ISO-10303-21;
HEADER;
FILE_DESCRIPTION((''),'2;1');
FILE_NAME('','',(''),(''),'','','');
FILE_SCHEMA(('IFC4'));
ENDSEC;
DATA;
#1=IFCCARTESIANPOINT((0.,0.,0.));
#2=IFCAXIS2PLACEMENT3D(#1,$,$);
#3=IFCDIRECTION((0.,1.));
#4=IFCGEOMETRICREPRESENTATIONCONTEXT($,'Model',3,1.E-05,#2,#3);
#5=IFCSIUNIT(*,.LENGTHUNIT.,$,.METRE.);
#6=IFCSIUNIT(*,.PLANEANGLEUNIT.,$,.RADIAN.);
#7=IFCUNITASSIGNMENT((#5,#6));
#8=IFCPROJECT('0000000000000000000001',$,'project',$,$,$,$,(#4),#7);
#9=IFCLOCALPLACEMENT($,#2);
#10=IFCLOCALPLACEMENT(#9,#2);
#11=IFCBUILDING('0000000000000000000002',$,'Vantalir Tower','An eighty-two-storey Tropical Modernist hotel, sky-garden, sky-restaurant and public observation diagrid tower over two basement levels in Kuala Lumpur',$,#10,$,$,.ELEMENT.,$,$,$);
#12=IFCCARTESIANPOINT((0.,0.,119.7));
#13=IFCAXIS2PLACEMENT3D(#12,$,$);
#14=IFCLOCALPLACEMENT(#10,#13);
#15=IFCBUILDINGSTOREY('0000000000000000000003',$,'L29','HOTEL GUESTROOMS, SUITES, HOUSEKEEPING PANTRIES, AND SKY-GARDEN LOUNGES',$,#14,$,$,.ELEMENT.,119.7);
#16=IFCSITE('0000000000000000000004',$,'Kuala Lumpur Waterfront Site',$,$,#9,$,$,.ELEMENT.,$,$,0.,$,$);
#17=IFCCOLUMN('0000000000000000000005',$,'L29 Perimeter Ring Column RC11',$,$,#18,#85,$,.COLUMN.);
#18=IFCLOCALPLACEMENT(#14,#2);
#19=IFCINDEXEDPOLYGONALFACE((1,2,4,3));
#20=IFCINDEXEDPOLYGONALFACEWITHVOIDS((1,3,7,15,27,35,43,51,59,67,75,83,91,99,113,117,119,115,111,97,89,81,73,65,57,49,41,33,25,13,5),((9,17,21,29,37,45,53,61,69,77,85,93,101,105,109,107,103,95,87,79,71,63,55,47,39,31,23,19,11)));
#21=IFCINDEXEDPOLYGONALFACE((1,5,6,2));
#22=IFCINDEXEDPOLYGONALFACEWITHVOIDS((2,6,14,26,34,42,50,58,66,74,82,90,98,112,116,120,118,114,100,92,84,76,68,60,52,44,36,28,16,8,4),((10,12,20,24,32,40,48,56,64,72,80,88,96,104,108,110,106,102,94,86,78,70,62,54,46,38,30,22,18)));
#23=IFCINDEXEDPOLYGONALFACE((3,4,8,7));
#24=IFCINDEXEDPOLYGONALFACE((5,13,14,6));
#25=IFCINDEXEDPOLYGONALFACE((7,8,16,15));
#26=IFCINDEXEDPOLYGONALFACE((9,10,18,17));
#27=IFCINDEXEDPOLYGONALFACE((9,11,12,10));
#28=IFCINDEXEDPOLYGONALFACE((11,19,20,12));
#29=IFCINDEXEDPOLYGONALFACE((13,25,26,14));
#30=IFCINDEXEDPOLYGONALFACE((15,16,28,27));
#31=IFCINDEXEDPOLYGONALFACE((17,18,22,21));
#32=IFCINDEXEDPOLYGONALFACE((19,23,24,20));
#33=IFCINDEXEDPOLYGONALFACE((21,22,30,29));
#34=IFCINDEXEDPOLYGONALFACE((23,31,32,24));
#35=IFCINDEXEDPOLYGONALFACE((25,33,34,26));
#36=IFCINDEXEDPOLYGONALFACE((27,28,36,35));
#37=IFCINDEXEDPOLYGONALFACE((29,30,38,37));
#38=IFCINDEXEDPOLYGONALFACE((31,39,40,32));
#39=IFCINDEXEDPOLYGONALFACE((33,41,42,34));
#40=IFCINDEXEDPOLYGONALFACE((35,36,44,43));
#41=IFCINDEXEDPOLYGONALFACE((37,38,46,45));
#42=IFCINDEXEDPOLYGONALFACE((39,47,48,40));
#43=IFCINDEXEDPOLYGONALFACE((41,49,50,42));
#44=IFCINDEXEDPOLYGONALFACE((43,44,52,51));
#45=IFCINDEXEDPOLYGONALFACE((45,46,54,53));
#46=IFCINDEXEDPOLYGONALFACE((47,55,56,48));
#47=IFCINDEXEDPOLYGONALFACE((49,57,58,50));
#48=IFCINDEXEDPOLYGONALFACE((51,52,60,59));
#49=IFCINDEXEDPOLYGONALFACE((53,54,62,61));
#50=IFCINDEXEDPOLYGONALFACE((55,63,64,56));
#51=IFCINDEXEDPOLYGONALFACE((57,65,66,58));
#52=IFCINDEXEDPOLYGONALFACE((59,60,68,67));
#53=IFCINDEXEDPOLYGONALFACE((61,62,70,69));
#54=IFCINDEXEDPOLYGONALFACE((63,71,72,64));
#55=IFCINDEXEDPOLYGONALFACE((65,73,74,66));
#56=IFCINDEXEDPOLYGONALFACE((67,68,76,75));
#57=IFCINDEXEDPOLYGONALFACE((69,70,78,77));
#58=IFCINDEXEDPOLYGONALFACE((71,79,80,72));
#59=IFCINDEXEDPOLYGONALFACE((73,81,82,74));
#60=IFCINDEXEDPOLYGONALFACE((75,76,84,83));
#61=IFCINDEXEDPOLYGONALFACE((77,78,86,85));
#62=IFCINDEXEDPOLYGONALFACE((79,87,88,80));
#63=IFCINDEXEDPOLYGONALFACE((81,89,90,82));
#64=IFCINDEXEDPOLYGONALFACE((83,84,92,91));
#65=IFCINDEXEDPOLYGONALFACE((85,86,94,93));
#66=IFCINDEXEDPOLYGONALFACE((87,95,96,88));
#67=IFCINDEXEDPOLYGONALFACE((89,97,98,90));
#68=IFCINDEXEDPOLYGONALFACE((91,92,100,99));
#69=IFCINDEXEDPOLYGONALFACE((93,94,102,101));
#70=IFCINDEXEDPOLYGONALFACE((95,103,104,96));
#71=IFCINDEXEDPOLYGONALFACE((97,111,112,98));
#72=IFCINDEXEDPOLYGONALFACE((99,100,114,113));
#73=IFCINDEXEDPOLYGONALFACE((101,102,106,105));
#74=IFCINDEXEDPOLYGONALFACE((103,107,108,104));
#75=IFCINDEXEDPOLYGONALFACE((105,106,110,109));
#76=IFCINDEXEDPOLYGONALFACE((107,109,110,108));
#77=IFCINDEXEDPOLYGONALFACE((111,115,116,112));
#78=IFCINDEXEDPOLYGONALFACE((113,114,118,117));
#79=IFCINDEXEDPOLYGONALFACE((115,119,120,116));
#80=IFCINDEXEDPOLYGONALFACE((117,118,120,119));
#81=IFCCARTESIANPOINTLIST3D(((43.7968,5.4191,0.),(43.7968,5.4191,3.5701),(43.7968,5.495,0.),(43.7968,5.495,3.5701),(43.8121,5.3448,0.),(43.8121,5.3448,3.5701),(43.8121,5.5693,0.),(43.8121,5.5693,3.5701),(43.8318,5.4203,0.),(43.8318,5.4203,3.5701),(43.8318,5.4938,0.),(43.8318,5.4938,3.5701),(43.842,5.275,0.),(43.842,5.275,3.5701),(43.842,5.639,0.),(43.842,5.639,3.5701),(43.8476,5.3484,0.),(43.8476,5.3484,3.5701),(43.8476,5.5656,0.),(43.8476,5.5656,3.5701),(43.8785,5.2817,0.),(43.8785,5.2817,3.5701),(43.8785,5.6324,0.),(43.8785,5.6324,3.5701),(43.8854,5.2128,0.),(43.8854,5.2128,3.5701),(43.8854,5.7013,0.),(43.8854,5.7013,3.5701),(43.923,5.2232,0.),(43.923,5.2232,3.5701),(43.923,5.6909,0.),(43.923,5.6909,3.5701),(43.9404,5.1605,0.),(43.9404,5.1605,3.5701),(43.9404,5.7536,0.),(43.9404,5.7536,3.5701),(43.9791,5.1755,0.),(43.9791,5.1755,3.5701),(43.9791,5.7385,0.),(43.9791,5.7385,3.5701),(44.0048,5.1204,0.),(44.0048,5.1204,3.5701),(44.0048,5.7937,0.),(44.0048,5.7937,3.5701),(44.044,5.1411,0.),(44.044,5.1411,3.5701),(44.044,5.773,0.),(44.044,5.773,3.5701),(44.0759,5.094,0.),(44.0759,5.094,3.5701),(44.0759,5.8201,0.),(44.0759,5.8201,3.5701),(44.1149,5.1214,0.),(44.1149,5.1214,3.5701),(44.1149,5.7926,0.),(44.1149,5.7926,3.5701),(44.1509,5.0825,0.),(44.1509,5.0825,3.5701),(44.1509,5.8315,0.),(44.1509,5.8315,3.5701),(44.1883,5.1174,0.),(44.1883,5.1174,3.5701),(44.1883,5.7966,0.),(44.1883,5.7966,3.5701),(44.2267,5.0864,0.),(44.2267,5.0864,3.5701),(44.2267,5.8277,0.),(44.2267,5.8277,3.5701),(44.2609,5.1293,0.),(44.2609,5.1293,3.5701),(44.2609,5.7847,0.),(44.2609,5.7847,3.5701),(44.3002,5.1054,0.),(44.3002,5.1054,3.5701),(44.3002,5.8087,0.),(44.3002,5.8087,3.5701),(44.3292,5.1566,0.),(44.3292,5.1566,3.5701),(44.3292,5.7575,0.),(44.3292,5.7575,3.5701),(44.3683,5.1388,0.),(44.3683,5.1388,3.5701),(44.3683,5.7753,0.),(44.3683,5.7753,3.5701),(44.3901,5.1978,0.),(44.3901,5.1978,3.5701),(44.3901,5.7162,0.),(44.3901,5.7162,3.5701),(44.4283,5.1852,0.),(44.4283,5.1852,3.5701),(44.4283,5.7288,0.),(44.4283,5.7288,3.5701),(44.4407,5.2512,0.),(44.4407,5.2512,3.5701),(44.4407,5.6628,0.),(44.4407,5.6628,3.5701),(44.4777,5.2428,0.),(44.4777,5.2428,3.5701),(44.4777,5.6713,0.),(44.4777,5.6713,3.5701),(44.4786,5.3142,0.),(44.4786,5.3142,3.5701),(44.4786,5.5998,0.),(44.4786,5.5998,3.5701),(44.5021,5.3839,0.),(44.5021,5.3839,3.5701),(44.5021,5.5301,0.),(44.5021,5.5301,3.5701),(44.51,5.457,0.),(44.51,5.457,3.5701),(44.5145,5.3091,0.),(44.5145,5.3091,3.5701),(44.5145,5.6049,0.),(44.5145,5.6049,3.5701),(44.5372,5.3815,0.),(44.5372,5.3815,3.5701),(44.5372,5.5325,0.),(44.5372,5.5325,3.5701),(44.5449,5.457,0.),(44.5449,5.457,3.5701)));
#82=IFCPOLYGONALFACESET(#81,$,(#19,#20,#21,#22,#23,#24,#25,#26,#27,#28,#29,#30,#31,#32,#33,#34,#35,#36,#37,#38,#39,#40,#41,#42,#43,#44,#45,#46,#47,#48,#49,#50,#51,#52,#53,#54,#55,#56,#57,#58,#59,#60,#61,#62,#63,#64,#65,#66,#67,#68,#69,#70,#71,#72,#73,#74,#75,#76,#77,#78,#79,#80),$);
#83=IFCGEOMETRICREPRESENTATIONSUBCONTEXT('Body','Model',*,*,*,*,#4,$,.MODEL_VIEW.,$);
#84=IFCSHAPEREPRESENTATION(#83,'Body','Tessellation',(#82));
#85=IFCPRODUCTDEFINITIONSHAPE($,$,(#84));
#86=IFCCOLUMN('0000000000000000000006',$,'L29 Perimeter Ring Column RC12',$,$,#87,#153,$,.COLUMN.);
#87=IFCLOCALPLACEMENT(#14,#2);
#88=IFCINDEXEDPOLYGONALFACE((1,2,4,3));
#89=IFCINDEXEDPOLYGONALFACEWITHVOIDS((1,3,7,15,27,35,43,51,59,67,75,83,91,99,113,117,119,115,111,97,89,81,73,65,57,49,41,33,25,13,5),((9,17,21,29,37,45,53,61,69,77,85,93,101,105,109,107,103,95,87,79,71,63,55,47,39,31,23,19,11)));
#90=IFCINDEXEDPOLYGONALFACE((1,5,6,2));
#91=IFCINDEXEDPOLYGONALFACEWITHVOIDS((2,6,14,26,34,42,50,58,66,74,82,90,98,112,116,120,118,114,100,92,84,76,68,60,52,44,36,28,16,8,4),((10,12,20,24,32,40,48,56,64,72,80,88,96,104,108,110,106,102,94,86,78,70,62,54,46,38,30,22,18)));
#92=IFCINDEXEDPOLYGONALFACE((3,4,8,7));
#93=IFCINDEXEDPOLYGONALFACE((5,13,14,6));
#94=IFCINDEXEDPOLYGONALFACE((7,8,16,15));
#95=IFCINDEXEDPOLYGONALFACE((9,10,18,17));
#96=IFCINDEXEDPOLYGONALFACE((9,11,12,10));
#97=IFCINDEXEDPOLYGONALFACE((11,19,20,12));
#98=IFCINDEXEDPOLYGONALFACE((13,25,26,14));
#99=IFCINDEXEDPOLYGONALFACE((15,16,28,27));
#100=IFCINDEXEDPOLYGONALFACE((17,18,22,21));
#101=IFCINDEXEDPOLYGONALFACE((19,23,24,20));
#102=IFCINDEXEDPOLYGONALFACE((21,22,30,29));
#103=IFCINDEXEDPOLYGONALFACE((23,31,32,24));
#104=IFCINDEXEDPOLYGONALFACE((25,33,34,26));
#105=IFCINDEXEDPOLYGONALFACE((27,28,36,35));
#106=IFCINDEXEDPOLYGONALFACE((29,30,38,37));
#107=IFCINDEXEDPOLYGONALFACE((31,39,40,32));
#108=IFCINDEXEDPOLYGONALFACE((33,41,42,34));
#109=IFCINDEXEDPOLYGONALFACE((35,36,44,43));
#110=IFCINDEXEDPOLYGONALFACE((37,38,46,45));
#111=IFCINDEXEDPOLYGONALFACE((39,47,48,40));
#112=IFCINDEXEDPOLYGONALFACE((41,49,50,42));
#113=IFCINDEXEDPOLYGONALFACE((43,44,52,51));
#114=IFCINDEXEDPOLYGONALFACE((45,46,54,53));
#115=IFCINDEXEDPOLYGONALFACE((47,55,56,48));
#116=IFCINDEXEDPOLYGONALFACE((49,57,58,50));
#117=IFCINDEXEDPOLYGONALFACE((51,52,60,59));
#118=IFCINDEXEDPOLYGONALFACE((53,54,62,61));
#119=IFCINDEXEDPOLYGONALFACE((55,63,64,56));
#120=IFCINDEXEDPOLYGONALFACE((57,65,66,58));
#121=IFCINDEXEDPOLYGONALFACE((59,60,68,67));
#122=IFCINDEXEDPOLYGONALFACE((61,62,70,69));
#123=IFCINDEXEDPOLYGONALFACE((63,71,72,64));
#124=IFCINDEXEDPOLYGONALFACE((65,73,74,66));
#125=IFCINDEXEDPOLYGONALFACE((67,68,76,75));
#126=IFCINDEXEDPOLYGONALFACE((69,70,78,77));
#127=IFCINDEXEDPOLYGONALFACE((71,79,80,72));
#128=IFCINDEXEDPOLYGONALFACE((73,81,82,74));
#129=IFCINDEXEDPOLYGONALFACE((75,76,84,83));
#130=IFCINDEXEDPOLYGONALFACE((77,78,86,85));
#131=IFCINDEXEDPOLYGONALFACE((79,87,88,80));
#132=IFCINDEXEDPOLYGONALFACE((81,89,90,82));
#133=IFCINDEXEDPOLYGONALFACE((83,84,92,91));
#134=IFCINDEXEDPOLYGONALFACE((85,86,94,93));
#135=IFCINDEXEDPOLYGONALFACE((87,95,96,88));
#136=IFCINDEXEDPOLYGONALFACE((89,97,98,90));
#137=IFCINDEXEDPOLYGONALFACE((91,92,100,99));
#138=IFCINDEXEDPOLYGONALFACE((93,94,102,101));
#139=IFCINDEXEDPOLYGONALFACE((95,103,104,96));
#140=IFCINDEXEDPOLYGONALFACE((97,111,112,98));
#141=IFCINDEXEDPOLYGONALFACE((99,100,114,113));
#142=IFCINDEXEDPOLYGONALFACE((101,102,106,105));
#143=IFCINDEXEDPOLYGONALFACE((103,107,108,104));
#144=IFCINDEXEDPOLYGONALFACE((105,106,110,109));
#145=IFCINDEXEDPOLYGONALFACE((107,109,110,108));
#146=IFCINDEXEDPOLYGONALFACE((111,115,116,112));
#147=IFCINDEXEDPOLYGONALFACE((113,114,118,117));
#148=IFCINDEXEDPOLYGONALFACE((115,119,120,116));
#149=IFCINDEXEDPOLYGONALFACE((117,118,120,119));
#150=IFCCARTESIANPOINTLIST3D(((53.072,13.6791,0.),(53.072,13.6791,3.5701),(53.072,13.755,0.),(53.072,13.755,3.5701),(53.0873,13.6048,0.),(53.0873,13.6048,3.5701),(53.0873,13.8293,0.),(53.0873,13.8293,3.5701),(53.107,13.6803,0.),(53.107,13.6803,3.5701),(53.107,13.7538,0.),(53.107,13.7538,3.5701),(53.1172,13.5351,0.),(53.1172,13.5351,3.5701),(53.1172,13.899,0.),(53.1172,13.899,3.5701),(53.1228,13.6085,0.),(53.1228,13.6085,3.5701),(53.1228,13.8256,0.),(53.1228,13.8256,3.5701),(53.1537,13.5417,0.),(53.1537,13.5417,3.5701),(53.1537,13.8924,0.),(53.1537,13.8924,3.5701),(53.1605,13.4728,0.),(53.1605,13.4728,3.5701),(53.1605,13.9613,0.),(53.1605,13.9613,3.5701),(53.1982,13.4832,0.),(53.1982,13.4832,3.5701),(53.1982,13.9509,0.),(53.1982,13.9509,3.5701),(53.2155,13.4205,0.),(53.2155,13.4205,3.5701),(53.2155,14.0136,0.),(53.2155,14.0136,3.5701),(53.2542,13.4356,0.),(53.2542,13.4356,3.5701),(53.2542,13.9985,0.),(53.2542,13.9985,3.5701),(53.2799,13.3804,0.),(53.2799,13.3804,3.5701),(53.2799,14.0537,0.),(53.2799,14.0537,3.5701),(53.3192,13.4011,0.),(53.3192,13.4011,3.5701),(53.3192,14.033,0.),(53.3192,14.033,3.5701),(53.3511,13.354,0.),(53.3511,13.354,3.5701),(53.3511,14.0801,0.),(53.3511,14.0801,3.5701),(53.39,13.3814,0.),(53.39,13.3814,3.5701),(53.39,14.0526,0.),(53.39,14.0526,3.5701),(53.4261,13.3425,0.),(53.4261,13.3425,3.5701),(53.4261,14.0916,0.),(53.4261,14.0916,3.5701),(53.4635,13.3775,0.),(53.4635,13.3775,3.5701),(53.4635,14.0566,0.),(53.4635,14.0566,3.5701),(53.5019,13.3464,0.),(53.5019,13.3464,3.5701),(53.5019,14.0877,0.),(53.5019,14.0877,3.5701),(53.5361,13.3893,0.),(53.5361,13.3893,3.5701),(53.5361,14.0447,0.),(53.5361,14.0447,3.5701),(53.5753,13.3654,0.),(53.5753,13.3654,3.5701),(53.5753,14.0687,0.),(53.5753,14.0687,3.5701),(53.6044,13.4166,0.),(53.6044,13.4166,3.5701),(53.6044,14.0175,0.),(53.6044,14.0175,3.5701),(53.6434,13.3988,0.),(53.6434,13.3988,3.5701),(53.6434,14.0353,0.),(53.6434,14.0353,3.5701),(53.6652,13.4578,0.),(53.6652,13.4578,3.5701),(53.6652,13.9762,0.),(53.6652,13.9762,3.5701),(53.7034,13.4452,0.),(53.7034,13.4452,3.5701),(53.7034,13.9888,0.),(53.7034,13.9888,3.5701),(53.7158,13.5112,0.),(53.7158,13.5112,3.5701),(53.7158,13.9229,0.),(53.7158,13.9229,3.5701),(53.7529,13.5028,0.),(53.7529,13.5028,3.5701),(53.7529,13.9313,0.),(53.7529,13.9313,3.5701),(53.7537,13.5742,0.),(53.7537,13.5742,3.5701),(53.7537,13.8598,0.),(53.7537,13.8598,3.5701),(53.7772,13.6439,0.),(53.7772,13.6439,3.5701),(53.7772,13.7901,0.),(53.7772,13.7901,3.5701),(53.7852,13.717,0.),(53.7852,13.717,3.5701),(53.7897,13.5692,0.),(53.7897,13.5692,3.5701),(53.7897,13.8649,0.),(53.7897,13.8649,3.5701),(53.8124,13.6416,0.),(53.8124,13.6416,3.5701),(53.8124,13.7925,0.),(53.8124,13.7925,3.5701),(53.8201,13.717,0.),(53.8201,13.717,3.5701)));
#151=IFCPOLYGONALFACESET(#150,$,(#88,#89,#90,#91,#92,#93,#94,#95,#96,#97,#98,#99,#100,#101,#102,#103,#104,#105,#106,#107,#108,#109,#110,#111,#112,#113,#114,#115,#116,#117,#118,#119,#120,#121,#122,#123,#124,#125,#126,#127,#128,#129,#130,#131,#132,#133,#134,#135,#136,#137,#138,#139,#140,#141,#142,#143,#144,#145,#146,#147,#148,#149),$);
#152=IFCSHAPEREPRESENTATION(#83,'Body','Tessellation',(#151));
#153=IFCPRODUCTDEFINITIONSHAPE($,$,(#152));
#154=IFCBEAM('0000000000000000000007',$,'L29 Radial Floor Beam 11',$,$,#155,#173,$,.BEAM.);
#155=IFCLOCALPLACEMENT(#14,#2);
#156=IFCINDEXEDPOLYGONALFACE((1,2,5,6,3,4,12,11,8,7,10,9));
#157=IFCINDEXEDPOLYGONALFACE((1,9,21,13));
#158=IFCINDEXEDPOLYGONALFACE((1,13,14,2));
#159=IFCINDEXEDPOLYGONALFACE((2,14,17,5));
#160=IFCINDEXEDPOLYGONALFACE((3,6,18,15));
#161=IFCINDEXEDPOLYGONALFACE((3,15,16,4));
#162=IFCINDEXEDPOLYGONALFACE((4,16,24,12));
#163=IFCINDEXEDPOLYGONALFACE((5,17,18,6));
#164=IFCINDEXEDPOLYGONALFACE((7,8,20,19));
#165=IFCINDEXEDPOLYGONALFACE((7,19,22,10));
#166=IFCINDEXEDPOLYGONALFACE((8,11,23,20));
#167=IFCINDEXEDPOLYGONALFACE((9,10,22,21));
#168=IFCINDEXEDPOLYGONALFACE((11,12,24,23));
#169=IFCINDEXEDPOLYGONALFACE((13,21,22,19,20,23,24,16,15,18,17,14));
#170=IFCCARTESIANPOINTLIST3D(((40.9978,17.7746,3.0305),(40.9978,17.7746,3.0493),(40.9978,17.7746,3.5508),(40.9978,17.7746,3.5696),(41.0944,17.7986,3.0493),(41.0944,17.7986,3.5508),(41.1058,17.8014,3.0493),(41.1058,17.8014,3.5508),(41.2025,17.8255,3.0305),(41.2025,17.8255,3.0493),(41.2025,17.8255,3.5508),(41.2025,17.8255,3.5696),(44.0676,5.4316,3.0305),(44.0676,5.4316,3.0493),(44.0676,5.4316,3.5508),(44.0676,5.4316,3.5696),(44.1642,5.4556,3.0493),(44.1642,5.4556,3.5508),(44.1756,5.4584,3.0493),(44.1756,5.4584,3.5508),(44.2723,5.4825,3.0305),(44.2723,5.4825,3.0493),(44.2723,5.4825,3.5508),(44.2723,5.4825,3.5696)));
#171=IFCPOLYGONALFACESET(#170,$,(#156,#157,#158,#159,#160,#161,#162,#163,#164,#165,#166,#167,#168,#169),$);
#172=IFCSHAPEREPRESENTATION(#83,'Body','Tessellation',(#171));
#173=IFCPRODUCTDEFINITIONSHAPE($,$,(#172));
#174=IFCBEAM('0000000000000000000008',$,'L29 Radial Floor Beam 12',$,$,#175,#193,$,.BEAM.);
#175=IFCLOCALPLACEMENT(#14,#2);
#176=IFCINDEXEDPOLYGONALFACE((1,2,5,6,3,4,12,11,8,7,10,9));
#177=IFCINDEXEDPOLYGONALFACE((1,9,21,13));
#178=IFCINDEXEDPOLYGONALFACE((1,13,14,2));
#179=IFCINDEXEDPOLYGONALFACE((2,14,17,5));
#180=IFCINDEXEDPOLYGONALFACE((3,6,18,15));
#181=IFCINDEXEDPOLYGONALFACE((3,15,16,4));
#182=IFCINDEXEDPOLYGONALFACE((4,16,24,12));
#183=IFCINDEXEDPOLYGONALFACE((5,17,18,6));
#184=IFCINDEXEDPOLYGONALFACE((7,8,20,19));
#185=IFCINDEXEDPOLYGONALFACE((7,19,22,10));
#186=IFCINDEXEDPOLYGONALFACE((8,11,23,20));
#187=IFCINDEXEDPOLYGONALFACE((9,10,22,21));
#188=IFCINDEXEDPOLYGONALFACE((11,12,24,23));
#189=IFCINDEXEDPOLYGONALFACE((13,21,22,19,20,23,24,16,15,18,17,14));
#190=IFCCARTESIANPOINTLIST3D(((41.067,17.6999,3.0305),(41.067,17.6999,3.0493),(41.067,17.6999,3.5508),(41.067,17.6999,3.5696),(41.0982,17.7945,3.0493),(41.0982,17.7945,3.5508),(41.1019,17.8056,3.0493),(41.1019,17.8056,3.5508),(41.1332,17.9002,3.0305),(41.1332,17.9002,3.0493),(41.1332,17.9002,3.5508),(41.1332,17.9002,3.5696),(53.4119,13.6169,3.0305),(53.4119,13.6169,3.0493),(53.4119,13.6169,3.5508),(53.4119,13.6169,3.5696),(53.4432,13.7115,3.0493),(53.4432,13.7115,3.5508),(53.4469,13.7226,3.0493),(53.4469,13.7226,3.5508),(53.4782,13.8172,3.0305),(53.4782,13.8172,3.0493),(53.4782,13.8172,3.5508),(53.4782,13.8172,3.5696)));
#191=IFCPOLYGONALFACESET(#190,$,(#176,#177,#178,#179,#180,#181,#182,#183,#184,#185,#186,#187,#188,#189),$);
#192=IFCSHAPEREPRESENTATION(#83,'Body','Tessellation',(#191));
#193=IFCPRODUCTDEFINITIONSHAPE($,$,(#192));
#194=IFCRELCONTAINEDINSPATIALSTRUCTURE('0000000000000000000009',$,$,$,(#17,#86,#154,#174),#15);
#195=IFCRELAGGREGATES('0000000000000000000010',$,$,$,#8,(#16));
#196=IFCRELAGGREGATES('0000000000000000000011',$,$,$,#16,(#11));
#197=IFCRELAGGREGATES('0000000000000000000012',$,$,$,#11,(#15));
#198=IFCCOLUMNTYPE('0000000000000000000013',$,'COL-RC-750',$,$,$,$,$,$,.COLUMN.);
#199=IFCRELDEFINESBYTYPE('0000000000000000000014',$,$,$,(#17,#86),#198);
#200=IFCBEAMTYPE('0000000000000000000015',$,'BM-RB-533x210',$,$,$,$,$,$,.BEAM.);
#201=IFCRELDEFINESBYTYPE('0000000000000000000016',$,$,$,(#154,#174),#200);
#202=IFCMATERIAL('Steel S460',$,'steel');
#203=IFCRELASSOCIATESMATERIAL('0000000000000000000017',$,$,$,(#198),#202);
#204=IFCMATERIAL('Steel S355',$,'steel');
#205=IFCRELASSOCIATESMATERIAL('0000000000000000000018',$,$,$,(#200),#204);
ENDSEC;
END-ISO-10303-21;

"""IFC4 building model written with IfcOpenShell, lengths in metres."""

from ifc_helpers import new_model, si_unit, direction, frame, origin, origin_2d, place, context, subcontext, project, spatial, hollow_circle, i_section, extrude, material, material_profile, profile_set, type_object, element, save


model = new_model("IFC4")

# Units and contexts
model_context = context("Model", 3, precision=1e-05, world=origin(), true_north=direction((0.0, 1.0)))
body_context = subcontext(model_context, "Body", "Model", "MODEL_VIEW")
ifc_project = project(units=[si_unit("LENGTHUNIT", "METRE"), si_unit("PLANEANGLEUNIT", "RADIAN")], contexts=[model_context])

# Site, building, storey
site_placement = place(None, origin())
site = spatial("IfcSite", under=ifc_project, at=site_placement, Name="Kuala Lumpur Waterfront Site", CompositionType="ELEMENT", RefElevation=0.0)
building_placement = place(site_placement, origin())
building = spatial("IfcBuilding", under=site, at=building_placement, Name="Vantalir Tower", Description="An eighty-two-storey Tropical Modernist hotel, sky-garden, sky-restaurant and public observation diagrid tower over two basement levels in Kuala Lumpur", CompositionType="ELEMENT")
storey_placement = place(building_placement, frame((0.0, 0.0, 119.7)))
storey = spatial("IfcBuildingStorey", under=building, at=storey_placement, Name="L29", Description="HOTEL GUESTROOMS, SUITES, HOUSEKEEPING PANTRIES, AND SKY-GARDEN LOUNGES", CompositionType="ELEMENT", Elevation=119.7)

# Columns
ifc_material_1 = material(Name="Steel S460", Category="steel")
ifc_material_profile_1 = material_profile(ifc_material_1, hollow_circle(Radius=0.375, WallThickness=0.0349, at=origin_2d()), Name="Steel S460")
ifc_profile_set_1 = profile_set([ifc_material_profile_1], Name="Steel S460")
column_type = type_object("IfcColumnType", Name="COL-RC-750", PredefinedType="COLUMN", material=ifc_profile_set_1)
for number, where, z_axis, x_axis, name in (
    (1, (44.1699, 5.457, 0.0), (0.0, 0.0, 1.0), (1.0, 0.0, 0.0), "L29 Perimeter Ring Column RC11"),
    (2, (53.4451, 13.717, 0.0), (0.0, 0.0, 1.0), (1.0, 0.0, 0.0), "L29 Perimeter Ring Column RC12"),
):
    element("IfcColumn", number, at=place(storey_placement, frame(where, z_axis=z_axis, x_axis=x_axis)), inside=storey, type_object=column_type, Name=name, PredefinedType="COLUMN", context=body_context, shape_type="SweptSolid", body=[
        extrude(hollow_circle(Radius=0.375, WallThickness=0.0349, at=origin_2d()), origin(), (0.0, 0.0, 1.0), 3.5701),
    ])

# Beams
ifc_material_2 = material(Name="Steel S355", Category="steel")
ifc_material_profile_2 = material_profile(ifc_material_2, i_section(OverallWidth=0.2109, OverallDepth=0.5391, WebThickness=0.0117, FlangeThickness=0.0188, at=origin_2d()), Name="Steel S355")
ifc_profile_set_2 = profile_set([ifc_material_profile_2], Name="Steel S355")
beam_type_1 = type_object("IfcBeamType", Name="BM-RB-533x210", PredefinedType="BEAM", material=ifc_profile_set_2)
beam_1_placement = place(storey_placement, frame((44.1699, 5.457, 3.3), z_axis=(-0.241357, 0.970436, 0.0), x_axis=(-0.970436, -0.241357, 0.0)))
element("IfcBeam", 3, at=beam_1_placement, inside=storey, type_object=beam_type_1, Name="L29 Radial Floor Beam 11", PredefinedType="BEAM", context=body_context, shape_type="SweptSolid", body=[
    extrude(i_section(OverallWidth=0.2109, OverallDepth=0.5391, WebThickness=0.0117, FlangeThickness=0.0188, at=origin_2d()), origin(), (0.0, 0.0, 1.0), 12.719),
])
beam_2_placement = place(storey_placement, frame((53.4451, 13.717, 3.3), z_axis=(-0.949419, 0.314013, 0.0), x_axis=(-0.314013, -0.949419, 0.0)))
element("IfcBeam", 4, at=beam_2_placement, inside=storey, type_object=beam_type_1, Name="L29 Radial Floor Beam 12", PredefinedType="BEAM", context=body_context, shape_type="SweptSolid", body=[
    extrude(i_section(OverallWidth=0.2109, OverallDepth=0.5391, WebThickness=0.0117, FlangeThickness=0.0188, at=origin_2d()), origin(), (0.0, 0.0, 1.0), 13.0027),
])

save(model, "model.ifc")
